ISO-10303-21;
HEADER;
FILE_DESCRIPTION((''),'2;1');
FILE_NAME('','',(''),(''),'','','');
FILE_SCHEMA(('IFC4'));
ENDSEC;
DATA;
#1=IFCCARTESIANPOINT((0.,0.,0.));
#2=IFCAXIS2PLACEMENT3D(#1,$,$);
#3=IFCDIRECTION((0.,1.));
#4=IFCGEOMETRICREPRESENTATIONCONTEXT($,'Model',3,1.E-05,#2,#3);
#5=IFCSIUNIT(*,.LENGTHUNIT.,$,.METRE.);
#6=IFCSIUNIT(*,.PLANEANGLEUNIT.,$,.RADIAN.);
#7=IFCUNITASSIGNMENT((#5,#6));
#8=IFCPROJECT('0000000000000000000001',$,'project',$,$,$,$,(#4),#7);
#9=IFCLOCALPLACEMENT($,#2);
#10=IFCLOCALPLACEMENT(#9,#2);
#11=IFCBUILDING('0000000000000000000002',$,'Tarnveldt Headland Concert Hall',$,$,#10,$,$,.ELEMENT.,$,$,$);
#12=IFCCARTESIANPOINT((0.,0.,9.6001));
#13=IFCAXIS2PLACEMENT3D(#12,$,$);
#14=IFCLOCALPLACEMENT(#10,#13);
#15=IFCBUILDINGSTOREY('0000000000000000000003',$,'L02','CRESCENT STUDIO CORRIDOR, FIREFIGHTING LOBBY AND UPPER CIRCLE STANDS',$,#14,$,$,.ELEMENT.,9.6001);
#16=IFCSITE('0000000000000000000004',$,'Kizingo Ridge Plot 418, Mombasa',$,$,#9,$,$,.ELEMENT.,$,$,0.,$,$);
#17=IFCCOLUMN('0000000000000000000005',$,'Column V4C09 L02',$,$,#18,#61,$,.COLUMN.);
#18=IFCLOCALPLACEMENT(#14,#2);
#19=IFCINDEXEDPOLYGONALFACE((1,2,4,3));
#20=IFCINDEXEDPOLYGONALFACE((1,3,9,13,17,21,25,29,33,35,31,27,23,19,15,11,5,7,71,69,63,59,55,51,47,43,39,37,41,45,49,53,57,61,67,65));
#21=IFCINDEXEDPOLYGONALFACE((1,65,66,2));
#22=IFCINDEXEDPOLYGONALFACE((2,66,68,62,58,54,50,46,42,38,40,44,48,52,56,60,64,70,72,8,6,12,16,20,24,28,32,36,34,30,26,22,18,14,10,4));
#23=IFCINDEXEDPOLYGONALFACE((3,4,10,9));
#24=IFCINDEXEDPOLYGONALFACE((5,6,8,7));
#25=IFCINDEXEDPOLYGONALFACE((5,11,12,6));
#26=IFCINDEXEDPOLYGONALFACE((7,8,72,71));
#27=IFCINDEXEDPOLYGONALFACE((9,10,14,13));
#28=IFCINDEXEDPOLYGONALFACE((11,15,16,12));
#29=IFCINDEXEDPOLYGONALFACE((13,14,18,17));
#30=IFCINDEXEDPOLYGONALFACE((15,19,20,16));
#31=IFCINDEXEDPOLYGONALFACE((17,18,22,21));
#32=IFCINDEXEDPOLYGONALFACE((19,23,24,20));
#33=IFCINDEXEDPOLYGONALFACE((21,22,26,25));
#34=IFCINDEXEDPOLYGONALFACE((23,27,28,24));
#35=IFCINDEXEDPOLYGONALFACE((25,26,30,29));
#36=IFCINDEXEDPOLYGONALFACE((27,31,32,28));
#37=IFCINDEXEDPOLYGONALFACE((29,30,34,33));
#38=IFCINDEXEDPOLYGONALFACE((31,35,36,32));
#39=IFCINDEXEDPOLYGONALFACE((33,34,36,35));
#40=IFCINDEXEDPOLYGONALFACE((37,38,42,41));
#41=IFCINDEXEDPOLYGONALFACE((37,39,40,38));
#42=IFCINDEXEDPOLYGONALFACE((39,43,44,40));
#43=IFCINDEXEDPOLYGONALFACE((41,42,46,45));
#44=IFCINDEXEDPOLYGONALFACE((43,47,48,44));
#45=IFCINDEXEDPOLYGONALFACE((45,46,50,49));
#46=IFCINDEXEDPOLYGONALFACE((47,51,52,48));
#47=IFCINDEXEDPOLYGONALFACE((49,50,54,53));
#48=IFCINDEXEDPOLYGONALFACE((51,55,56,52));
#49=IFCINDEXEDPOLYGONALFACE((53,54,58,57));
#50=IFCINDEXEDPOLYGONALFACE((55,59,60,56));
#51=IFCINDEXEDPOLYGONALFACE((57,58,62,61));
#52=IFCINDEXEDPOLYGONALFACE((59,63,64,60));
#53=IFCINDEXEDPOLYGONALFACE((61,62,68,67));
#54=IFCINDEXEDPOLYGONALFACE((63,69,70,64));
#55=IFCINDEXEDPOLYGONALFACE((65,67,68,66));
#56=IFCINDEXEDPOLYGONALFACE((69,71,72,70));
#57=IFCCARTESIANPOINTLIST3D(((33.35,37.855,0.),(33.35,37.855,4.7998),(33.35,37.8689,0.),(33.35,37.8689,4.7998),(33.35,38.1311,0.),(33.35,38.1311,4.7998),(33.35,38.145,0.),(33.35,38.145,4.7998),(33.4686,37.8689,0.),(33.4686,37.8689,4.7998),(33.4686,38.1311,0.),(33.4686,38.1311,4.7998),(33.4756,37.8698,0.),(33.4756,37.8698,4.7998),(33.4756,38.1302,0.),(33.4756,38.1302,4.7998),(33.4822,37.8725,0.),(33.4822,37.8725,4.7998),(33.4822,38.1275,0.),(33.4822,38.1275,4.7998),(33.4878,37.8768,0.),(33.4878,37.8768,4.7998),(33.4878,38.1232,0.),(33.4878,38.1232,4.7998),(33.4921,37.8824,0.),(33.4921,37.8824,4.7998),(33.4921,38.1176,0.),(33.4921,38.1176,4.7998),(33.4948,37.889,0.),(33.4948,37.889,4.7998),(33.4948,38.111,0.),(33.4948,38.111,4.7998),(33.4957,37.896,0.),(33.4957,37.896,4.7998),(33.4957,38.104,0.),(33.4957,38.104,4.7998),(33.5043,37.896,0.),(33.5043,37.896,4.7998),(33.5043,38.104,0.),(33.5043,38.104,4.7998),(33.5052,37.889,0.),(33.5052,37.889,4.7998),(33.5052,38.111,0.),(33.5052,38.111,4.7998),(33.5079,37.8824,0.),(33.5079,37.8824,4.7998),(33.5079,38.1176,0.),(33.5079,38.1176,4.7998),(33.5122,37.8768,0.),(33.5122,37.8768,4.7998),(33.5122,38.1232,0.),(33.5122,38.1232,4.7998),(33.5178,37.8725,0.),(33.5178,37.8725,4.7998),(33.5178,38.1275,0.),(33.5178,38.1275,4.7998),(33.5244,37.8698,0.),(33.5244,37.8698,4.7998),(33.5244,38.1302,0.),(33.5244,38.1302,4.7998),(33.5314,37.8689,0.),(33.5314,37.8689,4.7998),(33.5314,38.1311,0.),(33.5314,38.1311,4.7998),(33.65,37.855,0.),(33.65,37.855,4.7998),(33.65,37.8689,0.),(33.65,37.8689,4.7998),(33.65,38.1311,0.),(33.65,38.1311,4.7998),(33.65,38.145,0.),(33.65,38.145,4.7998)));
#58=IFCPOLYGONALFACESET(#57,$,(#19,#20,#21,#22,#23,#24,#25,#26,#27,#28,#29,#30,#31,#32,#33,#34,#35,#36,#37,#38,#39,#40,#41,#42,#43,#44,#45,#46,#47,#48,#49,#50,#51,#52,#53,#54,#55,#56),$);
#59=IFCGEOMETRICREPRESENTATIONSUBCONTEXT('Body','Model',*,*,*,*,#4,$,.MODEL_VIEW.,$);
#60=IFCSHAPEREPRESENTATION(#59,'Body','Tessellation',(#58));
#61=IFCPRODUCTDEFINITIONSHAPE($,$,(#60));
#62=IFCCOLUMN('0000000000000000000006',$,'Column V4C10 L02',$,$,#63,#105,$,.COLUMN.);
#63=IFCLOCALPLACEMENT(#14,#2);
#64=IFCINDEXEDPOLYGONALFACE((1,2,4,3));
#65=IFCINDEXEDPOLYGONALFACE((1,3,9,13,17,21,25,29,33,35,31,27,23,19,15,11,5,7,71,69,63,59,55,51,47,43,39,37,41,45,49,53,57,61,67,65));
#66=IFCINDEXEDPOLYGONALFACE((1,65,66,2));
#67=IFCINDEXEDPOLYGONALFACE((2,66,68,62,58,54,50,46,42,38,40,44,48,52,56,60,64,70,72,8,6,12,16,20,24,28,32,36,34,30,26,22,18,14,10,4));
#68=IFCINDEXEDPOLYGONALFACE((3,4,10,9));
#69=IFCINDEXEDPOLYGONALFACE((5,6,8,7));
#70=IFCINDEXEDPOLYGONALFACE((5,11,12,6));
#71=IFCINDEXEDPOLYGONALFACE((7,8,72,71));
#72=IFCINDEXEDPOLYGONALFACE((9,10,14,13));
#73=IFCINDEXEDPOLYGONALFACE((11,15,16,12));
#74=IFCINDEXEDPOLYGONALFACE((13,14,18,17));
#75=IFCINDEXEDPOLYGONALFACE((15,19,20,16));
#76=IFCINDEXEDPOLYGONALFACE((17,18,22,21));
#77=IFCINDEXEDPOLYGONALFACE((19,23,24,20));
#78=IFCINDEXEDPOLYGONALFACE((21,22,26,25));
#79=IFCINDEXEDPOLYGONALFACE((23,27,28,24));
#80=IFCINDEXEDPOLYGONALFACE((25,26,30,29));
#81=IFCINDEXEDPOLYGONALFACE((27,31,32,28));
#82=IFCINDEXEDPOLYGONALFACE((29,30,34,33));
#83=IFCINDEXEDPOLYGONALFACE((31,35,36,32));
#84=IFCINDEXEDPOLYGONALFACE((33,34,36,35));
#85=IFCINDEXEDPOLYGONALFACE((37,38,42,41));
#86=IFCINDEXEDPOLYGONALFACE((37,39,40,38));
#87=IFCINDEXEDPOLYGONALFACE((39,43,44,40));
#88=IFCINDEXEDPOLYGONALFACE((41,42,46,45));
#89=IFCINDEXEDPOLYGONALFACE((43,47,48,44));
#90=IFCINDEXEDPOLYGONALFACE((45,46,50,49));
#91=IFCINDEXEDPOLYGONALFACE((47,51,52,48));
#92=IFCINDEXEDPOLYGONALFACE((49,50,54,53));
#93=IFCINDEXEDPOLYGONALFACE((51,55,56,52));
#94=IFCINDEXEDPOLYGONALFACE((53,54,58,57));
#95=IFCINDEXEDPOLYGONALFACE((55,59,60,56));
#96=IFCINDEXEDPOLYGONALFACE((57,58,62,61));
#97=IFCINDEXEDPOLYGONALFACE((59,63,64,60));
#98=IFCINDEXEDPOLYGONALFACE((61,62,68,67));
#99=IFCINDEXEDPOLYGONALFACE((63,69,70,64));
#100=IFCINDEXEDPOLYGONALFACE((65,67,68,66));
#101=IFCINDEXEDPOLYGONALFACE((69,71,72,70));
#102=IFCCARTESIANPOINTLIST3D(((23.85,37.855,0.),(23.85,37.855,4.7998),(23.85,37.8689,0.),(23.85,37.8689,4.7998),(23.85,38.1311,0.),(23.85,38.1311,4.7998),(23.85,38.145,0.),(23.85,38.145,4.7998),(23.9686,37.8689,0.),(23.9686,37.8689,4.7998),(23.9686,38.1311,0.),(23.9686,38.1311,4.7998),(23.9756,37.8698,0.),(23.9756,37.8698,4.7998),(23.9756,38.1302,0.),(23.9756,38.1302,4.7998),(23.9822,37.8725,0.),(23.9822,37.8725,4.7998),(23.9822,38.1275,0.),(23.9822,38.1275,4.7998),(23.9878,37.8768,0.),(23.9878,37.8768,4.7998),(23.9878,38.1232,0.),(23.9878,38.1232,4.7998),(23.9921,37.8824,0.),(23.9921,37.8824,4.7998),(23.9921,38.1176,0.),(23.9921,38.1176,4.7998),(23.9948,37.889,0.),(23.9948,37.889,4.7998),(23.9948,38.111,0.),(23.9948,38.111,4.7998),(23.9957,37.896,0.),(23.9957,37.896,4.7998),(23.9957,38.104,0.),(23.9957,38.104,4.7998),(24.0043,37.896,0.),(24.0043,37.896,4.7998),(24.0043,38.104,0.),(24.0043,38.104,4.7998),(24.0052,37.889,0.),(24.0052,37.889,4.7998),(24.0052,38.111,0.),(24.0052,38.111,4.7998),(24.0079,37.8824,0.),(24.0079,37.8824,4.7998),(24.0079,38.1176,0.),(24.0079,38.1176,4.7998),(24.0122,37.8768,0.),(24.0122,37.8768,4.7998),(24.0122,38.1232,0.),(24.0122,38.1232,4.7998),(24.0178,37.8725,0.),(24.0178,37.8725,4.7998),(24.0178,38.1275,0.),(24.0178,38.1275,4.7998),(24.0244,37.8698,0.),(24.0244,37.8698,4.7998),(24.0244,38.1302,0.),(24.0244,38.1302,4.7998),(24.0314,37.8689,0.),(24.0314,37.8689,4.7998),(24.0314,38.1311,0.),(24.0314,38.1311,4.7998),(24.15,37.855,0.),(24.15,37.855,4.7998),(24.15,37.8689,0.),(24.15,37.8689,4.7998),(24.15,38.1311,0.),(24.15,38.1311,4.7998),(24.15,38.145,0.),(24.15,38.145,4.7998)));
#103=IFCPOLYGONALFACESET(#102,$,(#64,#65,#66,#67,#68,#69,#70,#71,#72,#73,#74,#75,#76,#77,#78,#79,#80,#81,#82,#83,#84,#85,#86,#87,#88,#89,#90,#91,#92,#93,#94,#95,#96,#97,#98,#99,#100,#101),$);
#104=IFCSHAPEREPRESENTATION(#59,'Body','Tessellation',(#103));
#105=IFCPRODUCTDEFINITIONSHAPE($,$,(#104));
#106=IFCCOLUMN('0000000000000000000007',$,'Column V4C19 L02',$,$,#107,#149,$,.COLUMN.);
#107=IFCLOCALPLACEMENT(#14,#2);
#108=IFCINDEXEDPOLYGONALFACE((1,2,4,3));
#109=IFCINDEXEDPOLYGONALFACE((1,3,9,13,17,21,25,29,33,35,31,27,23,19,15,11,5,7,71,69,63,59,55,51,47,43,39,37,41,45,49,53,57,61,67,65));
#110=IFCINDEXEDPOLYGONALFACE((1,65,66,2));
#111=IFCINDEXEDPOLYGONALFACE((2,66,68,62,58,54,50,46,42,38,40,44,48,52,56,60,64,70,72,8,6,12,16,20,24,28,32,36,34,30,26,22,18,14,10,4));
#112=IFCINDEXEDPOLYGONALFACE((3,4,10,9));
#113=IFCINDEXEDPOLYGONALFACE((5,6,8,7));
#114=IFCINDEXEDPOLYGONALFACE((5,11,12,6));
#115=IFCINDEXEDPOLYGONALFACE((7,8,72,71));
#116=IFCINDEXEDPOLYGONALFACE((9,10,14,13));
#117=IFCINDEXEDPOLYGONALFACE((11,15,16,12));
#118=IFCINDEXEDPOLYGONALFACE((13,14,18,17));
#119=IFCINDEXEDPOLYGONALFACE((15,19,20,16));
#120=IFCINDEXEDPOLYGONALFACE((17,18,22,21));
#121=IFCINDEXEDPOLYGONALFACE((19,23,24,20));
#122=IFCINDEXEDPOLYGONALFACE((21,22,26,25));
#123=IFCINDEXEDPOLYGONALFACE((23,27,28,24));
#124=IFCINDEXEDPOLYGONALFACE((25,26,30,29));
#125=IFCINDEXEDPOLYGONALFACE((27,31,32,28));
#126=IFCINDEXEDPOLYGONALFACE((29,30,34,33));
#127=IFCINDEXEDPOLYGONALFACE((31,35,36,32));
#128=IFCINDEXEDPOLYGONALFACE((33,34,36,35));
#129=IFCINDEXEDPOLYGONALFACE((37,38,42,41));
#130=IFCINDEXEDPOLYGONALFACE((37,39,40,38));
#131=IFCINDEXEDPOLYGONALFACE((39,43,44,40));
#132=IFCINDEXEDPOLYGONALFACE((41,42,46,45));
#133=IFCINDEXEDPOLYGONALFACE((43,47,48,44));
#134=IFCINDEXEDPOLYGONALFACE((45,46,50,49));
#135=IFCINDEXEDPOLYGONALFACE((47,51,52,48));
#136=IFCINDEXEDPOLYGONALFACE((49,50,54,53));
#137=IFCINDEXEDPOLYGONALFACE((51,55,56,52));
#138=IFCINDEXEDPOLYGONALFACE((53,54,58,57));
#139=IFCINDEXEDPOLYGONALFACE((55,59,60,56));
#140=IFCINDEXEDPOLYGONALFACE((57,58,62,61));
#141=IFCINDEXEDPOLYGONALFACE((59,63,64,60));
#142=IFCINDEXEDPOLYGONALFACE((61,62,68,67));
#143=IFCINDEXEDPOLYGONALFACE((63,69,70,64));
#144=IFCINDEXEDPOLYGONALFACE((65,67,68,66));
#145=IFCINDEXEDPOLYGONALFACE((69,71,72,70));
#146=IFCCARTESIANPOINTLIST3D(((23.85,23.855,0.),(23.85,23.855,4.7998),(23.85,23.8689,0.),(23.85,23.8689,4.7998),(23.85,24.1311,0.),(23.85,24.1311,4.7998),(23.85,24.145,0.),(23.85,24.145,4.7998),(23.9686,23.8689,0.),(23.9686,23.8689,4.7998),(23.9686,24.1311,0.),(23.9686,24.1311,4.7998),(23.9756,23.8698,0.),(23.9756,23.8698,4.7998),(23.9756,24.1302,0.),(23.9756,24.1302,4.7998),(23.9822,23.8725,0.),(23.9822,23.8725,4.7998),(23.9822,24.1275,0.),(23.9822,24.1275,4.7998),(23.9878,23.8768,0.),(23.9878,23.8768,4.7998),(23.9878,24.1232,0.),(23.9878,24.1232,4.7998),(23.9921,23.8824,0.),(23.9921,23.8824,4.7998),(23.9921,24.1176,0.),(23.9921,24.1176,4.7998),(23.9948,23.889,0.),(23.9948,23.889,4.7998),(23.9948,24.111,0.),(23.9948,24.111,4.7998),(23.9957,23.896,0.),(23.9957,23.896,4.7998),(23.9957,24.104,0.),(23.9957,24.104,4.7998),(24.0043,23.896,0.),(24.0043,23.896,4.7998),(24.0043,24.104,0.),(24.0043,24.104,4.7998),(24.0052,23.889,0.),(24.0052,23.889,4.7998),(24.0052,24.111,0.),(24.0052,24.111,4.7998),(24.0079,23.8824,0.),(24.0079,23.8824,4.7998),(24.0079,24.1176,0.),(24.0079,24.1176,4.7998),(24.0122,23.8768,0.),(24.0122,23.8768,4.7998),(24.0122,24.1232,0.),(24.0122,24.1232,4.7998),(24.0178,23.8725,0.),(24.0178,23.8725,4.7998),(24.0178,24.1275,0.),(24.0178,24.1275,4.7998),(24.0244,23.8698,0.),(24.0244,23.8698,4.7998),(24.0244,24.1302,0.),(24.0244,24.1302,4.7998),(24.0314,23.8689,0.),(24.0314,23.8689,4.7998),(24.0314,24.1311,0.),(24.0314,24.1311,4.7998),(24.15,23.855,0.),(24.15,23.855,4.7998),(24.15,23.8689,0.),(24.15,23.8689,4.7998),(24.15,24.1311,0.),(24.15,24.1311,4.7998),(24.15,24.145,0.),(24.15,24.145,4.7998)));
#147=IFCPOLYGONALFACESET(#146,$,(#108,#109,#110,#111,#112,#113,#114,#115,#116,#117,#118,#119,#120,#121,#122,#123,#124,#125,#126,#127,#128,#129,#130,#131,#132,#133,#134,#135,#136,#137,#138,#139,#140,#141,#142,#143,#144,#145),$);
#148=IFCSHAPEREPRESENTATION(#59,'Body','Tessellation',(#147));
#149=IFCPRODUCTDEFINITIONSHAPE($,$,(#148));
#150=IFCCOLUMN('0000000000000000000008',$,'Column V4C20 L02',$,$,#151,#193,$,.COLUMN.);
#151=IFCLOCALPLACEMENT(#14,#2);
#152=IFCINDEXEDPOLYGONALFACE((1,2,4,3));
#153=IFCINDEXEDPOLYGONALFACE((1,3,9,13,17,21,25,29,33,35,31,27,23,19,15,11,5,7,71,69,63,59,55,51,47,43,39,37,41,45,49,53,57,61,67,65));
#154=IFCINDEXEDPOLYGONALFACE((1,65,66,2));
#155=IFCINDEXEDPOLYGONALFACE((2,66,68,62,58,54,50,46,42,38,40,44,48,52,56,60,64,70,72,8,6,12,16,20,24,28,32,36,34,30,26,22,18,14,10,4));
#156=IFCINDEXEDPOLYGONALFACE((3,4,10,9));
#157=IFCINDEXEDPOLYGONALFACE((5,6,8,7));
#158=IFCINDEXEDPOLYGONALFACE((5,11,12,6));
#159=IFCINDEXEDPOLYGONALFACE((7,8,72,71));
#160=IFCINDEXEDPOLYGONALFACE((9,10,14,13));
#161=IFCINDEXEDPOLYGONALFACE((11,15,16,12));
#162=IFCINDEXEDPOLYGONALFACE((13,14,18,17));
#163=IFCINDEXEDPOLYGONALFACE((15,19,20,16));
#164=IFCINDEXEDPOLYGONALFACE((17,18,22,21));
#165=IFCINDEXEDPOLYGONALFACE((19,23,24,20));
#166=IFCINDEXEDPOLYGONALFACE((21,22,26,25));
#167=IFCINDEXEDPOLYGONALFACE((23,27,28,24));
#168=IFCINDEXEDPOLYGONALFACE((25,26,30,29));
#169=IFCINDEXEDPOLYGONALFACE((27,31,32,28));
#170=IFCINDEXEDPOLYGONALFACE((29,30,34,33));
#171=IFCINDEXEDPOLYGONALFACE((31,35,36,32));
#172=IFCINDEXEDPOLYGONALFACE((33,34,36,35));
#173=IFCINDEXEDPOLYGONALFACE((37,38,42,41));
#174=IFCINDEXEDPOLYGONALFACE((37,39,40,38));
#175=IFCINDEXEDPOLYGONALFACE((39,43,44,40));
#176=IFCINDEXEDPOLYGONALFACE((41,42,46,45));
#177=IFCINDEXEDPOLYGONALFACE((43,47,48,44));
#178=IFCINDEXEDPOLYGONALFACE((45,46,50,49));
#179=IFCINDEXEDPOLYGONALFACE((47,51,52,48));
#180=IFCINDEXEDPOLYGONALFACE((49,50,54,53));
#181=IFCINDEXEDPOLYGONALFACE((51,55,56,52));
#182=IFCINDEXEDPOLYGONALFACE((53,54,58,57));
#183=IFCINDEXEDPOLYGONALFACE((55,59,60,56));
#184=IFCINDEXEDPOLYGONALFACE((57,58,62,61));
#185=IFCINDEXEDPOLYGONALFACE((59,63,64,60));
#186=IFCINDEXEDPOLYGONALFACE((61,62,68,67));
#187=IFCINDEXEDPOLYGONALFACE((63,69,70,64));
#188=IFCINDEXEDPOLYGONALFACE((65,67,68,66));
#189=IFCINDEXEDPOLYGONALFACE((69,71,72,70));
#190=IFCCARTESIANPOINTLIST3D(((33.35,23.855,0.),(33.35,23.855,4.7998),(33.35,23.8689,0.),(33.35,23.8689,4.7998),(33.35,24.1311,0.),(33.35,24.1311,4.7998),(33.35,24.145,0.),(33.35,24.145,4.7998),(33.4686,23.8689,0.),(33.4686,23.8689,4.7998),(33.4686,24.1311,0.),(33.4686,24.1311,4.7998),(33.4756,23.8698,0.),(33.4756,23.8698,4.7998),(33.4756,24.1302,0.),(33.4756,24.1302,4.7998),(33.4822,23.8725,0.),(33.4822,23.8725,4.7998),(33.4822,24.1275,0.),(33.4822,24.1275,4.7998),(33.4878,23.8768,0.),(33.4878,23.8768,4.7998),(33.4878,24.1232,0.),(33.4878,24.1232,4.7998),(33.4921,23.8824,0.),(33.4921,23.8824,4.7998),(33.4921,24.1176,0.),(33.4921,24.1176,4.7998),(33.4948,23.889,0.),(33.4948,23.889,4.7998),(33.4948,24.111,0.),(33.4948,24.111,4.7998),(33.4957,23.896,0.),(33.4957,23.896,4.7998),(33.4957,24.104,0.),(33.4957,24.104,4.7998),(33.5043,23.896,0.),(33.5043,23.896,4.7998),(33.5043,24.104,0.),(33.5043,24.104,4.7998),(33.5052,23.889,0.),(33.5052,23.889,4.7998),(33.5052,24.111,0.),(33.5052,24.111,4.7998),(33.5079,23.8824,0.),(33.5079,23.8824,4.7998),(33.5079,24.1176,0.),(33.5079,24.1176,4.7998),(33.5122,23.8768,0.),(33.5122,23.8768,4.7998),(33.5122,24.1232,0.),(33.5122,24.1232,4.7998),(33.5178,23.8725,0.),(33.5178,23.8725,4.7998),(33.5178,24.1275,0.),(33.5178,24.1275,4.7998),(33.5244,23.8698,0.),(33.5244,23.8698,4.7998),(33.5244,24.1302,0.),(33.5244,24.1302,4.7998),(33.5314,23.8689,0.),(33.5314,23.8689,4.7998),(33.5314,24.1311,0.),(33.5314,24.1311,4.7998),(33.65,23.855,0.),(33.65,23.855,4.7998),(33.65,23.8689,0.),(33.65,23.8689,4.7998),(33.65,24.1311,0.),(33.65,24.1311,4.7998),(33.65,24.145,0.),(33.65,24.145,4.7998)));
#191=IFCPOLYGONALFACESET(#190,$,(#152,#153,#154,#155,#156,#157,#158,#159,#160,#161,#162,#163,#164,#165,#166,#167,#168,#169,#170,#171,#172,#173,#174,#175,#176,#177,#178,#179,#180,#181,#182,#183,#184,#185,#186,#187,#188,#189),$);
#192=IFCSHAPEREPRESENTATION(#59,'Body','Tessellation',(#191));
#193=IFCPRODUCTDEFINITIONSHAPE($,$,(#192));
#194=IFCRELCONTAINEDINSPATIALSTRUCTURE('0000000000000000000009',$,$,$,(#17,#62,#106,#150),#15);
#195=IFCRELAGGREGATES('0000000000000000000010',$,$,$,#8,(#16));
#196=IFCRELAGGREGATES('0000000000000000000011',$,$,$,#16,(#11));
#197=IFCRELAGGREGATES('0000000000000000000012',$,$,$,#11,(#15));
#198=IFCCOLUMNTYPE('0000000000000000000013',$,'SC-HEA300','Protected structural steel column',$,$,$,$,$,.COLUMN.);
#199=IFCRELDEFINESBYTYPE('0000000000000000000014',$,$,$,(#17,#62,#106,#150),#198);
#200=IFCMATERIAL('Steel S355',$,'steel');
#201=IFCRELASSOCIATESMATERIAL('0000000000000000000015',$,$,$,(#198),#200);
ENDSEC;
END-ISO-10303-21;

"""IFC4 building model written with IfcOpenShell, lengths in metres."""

from ifc_helpers import new_model, si_unit, direction, frame, origin, origin_2d, place, context, subcontext, project, spatial, i_section, extrude, material, material_profile, profile_set, type_object, element, save


model = new_model("IFC4")

# Units and contexts
model_context = context("Model", 3, precision=1e-05, world=origin(), true_north=direction((0.0, 1.0)))
body_context = subcontext(model_context, "Body", "Model", "MODEL_VIEW")
ifc_project = project(units=[si_unit("LENGTHUNIT", "METRE"), si_unit("PLANEANGLEUNIT", "RADIAN")], contexts=[model_context])

# Site, building, storey
site_placement = place(None, origin())
site = spatial("IfcSite", under=ifc_project, at=site_placement, Name="Kizingo Ridge Plot 418, Mombasa", CompositionType="ELEMENT", RefElevation=0.0)
building_placement = place(site_placement, origin())
building = spatial("IfcBuilding", under=site, at=building_placement, Name="Tarnveldt Headland Concert Hall", CompositionType="ELEMENT")
storey_placement = place(building_placement, frame((0.0, 0.0, 9.6001)))
storey = spatial("IfcBuildingStorey", under=building, at=storey_placement, Name="L02", Description="CRESCENT STUDIO CORRIDOR, FIREFIGHTING LOBBY AND UPPER CIRCLE STANDS", CompositionType="ELEMENT", Elevation=9.6001)

# Columns
ifc_material_1 = material(Name="Steel S355", Category="steel")
ifc_material_profile_1 = material_profile(ifc_material_1, i_section(OverallWidth=0.3, OverallDepth=0.29, WebThickness=0.0085, FlangeThickness=0.0139, FilletRadius=0.0271, at=origin_2d()), Name="HEA300", Category="steel")
ifc_profile_set_1 = profile_set([ifc_material_profile_1], Name="Steel S355")
column_type = type_object("IfcColumnType", Name="SC-HEA300", Description="Protected structural steel column", PredefinedType="COLUMN", material=ifc_profile_set_1)
for number, where, z_axis, x_axis, name in (
    (1, (33.5, 38.0, 0.0), (0.0, 0.0, 1.0), (1.0, 0.0, 0.0), "Column V4C09 L02"),
    (2, (24.0, 38.0, 0.0), (0.0, 0.0, 1.0), (1.0, 0.0, 0.0), "Column V4C10 L02"),
    (3, (24.0, 24.0, 0.0), (0.0, 0.0, 1.0), (1.0, 0.0, 0.0), "Column V4C19 L02"),
    (4, (33.5, 24.0, 0.0), (0.0, 0.0, 1.0), (1.0, 0.0, 0.0), "Column V4C20 L02"),
):
    element("IfcColumn", number, at=place(storey_placement, frame(where, z_axis=z_axis, x_axis=x_axis)), inside=storey, type_object=column_type, Name=name, PredefinedType="COLUMN", context=body_context, shape_type="SweptSolid", body=[
        extrude(i_section(OverallWidth=0.3, OverallDepth=0.29, WebThickness=0.0085, FlangeThickness=0.0139, FilletRadius=0.0271, at=origin_2d()), origin(), (0.0, 0.0, 1.0), 4.7998),
    ])

save(model, "model.ifc")
